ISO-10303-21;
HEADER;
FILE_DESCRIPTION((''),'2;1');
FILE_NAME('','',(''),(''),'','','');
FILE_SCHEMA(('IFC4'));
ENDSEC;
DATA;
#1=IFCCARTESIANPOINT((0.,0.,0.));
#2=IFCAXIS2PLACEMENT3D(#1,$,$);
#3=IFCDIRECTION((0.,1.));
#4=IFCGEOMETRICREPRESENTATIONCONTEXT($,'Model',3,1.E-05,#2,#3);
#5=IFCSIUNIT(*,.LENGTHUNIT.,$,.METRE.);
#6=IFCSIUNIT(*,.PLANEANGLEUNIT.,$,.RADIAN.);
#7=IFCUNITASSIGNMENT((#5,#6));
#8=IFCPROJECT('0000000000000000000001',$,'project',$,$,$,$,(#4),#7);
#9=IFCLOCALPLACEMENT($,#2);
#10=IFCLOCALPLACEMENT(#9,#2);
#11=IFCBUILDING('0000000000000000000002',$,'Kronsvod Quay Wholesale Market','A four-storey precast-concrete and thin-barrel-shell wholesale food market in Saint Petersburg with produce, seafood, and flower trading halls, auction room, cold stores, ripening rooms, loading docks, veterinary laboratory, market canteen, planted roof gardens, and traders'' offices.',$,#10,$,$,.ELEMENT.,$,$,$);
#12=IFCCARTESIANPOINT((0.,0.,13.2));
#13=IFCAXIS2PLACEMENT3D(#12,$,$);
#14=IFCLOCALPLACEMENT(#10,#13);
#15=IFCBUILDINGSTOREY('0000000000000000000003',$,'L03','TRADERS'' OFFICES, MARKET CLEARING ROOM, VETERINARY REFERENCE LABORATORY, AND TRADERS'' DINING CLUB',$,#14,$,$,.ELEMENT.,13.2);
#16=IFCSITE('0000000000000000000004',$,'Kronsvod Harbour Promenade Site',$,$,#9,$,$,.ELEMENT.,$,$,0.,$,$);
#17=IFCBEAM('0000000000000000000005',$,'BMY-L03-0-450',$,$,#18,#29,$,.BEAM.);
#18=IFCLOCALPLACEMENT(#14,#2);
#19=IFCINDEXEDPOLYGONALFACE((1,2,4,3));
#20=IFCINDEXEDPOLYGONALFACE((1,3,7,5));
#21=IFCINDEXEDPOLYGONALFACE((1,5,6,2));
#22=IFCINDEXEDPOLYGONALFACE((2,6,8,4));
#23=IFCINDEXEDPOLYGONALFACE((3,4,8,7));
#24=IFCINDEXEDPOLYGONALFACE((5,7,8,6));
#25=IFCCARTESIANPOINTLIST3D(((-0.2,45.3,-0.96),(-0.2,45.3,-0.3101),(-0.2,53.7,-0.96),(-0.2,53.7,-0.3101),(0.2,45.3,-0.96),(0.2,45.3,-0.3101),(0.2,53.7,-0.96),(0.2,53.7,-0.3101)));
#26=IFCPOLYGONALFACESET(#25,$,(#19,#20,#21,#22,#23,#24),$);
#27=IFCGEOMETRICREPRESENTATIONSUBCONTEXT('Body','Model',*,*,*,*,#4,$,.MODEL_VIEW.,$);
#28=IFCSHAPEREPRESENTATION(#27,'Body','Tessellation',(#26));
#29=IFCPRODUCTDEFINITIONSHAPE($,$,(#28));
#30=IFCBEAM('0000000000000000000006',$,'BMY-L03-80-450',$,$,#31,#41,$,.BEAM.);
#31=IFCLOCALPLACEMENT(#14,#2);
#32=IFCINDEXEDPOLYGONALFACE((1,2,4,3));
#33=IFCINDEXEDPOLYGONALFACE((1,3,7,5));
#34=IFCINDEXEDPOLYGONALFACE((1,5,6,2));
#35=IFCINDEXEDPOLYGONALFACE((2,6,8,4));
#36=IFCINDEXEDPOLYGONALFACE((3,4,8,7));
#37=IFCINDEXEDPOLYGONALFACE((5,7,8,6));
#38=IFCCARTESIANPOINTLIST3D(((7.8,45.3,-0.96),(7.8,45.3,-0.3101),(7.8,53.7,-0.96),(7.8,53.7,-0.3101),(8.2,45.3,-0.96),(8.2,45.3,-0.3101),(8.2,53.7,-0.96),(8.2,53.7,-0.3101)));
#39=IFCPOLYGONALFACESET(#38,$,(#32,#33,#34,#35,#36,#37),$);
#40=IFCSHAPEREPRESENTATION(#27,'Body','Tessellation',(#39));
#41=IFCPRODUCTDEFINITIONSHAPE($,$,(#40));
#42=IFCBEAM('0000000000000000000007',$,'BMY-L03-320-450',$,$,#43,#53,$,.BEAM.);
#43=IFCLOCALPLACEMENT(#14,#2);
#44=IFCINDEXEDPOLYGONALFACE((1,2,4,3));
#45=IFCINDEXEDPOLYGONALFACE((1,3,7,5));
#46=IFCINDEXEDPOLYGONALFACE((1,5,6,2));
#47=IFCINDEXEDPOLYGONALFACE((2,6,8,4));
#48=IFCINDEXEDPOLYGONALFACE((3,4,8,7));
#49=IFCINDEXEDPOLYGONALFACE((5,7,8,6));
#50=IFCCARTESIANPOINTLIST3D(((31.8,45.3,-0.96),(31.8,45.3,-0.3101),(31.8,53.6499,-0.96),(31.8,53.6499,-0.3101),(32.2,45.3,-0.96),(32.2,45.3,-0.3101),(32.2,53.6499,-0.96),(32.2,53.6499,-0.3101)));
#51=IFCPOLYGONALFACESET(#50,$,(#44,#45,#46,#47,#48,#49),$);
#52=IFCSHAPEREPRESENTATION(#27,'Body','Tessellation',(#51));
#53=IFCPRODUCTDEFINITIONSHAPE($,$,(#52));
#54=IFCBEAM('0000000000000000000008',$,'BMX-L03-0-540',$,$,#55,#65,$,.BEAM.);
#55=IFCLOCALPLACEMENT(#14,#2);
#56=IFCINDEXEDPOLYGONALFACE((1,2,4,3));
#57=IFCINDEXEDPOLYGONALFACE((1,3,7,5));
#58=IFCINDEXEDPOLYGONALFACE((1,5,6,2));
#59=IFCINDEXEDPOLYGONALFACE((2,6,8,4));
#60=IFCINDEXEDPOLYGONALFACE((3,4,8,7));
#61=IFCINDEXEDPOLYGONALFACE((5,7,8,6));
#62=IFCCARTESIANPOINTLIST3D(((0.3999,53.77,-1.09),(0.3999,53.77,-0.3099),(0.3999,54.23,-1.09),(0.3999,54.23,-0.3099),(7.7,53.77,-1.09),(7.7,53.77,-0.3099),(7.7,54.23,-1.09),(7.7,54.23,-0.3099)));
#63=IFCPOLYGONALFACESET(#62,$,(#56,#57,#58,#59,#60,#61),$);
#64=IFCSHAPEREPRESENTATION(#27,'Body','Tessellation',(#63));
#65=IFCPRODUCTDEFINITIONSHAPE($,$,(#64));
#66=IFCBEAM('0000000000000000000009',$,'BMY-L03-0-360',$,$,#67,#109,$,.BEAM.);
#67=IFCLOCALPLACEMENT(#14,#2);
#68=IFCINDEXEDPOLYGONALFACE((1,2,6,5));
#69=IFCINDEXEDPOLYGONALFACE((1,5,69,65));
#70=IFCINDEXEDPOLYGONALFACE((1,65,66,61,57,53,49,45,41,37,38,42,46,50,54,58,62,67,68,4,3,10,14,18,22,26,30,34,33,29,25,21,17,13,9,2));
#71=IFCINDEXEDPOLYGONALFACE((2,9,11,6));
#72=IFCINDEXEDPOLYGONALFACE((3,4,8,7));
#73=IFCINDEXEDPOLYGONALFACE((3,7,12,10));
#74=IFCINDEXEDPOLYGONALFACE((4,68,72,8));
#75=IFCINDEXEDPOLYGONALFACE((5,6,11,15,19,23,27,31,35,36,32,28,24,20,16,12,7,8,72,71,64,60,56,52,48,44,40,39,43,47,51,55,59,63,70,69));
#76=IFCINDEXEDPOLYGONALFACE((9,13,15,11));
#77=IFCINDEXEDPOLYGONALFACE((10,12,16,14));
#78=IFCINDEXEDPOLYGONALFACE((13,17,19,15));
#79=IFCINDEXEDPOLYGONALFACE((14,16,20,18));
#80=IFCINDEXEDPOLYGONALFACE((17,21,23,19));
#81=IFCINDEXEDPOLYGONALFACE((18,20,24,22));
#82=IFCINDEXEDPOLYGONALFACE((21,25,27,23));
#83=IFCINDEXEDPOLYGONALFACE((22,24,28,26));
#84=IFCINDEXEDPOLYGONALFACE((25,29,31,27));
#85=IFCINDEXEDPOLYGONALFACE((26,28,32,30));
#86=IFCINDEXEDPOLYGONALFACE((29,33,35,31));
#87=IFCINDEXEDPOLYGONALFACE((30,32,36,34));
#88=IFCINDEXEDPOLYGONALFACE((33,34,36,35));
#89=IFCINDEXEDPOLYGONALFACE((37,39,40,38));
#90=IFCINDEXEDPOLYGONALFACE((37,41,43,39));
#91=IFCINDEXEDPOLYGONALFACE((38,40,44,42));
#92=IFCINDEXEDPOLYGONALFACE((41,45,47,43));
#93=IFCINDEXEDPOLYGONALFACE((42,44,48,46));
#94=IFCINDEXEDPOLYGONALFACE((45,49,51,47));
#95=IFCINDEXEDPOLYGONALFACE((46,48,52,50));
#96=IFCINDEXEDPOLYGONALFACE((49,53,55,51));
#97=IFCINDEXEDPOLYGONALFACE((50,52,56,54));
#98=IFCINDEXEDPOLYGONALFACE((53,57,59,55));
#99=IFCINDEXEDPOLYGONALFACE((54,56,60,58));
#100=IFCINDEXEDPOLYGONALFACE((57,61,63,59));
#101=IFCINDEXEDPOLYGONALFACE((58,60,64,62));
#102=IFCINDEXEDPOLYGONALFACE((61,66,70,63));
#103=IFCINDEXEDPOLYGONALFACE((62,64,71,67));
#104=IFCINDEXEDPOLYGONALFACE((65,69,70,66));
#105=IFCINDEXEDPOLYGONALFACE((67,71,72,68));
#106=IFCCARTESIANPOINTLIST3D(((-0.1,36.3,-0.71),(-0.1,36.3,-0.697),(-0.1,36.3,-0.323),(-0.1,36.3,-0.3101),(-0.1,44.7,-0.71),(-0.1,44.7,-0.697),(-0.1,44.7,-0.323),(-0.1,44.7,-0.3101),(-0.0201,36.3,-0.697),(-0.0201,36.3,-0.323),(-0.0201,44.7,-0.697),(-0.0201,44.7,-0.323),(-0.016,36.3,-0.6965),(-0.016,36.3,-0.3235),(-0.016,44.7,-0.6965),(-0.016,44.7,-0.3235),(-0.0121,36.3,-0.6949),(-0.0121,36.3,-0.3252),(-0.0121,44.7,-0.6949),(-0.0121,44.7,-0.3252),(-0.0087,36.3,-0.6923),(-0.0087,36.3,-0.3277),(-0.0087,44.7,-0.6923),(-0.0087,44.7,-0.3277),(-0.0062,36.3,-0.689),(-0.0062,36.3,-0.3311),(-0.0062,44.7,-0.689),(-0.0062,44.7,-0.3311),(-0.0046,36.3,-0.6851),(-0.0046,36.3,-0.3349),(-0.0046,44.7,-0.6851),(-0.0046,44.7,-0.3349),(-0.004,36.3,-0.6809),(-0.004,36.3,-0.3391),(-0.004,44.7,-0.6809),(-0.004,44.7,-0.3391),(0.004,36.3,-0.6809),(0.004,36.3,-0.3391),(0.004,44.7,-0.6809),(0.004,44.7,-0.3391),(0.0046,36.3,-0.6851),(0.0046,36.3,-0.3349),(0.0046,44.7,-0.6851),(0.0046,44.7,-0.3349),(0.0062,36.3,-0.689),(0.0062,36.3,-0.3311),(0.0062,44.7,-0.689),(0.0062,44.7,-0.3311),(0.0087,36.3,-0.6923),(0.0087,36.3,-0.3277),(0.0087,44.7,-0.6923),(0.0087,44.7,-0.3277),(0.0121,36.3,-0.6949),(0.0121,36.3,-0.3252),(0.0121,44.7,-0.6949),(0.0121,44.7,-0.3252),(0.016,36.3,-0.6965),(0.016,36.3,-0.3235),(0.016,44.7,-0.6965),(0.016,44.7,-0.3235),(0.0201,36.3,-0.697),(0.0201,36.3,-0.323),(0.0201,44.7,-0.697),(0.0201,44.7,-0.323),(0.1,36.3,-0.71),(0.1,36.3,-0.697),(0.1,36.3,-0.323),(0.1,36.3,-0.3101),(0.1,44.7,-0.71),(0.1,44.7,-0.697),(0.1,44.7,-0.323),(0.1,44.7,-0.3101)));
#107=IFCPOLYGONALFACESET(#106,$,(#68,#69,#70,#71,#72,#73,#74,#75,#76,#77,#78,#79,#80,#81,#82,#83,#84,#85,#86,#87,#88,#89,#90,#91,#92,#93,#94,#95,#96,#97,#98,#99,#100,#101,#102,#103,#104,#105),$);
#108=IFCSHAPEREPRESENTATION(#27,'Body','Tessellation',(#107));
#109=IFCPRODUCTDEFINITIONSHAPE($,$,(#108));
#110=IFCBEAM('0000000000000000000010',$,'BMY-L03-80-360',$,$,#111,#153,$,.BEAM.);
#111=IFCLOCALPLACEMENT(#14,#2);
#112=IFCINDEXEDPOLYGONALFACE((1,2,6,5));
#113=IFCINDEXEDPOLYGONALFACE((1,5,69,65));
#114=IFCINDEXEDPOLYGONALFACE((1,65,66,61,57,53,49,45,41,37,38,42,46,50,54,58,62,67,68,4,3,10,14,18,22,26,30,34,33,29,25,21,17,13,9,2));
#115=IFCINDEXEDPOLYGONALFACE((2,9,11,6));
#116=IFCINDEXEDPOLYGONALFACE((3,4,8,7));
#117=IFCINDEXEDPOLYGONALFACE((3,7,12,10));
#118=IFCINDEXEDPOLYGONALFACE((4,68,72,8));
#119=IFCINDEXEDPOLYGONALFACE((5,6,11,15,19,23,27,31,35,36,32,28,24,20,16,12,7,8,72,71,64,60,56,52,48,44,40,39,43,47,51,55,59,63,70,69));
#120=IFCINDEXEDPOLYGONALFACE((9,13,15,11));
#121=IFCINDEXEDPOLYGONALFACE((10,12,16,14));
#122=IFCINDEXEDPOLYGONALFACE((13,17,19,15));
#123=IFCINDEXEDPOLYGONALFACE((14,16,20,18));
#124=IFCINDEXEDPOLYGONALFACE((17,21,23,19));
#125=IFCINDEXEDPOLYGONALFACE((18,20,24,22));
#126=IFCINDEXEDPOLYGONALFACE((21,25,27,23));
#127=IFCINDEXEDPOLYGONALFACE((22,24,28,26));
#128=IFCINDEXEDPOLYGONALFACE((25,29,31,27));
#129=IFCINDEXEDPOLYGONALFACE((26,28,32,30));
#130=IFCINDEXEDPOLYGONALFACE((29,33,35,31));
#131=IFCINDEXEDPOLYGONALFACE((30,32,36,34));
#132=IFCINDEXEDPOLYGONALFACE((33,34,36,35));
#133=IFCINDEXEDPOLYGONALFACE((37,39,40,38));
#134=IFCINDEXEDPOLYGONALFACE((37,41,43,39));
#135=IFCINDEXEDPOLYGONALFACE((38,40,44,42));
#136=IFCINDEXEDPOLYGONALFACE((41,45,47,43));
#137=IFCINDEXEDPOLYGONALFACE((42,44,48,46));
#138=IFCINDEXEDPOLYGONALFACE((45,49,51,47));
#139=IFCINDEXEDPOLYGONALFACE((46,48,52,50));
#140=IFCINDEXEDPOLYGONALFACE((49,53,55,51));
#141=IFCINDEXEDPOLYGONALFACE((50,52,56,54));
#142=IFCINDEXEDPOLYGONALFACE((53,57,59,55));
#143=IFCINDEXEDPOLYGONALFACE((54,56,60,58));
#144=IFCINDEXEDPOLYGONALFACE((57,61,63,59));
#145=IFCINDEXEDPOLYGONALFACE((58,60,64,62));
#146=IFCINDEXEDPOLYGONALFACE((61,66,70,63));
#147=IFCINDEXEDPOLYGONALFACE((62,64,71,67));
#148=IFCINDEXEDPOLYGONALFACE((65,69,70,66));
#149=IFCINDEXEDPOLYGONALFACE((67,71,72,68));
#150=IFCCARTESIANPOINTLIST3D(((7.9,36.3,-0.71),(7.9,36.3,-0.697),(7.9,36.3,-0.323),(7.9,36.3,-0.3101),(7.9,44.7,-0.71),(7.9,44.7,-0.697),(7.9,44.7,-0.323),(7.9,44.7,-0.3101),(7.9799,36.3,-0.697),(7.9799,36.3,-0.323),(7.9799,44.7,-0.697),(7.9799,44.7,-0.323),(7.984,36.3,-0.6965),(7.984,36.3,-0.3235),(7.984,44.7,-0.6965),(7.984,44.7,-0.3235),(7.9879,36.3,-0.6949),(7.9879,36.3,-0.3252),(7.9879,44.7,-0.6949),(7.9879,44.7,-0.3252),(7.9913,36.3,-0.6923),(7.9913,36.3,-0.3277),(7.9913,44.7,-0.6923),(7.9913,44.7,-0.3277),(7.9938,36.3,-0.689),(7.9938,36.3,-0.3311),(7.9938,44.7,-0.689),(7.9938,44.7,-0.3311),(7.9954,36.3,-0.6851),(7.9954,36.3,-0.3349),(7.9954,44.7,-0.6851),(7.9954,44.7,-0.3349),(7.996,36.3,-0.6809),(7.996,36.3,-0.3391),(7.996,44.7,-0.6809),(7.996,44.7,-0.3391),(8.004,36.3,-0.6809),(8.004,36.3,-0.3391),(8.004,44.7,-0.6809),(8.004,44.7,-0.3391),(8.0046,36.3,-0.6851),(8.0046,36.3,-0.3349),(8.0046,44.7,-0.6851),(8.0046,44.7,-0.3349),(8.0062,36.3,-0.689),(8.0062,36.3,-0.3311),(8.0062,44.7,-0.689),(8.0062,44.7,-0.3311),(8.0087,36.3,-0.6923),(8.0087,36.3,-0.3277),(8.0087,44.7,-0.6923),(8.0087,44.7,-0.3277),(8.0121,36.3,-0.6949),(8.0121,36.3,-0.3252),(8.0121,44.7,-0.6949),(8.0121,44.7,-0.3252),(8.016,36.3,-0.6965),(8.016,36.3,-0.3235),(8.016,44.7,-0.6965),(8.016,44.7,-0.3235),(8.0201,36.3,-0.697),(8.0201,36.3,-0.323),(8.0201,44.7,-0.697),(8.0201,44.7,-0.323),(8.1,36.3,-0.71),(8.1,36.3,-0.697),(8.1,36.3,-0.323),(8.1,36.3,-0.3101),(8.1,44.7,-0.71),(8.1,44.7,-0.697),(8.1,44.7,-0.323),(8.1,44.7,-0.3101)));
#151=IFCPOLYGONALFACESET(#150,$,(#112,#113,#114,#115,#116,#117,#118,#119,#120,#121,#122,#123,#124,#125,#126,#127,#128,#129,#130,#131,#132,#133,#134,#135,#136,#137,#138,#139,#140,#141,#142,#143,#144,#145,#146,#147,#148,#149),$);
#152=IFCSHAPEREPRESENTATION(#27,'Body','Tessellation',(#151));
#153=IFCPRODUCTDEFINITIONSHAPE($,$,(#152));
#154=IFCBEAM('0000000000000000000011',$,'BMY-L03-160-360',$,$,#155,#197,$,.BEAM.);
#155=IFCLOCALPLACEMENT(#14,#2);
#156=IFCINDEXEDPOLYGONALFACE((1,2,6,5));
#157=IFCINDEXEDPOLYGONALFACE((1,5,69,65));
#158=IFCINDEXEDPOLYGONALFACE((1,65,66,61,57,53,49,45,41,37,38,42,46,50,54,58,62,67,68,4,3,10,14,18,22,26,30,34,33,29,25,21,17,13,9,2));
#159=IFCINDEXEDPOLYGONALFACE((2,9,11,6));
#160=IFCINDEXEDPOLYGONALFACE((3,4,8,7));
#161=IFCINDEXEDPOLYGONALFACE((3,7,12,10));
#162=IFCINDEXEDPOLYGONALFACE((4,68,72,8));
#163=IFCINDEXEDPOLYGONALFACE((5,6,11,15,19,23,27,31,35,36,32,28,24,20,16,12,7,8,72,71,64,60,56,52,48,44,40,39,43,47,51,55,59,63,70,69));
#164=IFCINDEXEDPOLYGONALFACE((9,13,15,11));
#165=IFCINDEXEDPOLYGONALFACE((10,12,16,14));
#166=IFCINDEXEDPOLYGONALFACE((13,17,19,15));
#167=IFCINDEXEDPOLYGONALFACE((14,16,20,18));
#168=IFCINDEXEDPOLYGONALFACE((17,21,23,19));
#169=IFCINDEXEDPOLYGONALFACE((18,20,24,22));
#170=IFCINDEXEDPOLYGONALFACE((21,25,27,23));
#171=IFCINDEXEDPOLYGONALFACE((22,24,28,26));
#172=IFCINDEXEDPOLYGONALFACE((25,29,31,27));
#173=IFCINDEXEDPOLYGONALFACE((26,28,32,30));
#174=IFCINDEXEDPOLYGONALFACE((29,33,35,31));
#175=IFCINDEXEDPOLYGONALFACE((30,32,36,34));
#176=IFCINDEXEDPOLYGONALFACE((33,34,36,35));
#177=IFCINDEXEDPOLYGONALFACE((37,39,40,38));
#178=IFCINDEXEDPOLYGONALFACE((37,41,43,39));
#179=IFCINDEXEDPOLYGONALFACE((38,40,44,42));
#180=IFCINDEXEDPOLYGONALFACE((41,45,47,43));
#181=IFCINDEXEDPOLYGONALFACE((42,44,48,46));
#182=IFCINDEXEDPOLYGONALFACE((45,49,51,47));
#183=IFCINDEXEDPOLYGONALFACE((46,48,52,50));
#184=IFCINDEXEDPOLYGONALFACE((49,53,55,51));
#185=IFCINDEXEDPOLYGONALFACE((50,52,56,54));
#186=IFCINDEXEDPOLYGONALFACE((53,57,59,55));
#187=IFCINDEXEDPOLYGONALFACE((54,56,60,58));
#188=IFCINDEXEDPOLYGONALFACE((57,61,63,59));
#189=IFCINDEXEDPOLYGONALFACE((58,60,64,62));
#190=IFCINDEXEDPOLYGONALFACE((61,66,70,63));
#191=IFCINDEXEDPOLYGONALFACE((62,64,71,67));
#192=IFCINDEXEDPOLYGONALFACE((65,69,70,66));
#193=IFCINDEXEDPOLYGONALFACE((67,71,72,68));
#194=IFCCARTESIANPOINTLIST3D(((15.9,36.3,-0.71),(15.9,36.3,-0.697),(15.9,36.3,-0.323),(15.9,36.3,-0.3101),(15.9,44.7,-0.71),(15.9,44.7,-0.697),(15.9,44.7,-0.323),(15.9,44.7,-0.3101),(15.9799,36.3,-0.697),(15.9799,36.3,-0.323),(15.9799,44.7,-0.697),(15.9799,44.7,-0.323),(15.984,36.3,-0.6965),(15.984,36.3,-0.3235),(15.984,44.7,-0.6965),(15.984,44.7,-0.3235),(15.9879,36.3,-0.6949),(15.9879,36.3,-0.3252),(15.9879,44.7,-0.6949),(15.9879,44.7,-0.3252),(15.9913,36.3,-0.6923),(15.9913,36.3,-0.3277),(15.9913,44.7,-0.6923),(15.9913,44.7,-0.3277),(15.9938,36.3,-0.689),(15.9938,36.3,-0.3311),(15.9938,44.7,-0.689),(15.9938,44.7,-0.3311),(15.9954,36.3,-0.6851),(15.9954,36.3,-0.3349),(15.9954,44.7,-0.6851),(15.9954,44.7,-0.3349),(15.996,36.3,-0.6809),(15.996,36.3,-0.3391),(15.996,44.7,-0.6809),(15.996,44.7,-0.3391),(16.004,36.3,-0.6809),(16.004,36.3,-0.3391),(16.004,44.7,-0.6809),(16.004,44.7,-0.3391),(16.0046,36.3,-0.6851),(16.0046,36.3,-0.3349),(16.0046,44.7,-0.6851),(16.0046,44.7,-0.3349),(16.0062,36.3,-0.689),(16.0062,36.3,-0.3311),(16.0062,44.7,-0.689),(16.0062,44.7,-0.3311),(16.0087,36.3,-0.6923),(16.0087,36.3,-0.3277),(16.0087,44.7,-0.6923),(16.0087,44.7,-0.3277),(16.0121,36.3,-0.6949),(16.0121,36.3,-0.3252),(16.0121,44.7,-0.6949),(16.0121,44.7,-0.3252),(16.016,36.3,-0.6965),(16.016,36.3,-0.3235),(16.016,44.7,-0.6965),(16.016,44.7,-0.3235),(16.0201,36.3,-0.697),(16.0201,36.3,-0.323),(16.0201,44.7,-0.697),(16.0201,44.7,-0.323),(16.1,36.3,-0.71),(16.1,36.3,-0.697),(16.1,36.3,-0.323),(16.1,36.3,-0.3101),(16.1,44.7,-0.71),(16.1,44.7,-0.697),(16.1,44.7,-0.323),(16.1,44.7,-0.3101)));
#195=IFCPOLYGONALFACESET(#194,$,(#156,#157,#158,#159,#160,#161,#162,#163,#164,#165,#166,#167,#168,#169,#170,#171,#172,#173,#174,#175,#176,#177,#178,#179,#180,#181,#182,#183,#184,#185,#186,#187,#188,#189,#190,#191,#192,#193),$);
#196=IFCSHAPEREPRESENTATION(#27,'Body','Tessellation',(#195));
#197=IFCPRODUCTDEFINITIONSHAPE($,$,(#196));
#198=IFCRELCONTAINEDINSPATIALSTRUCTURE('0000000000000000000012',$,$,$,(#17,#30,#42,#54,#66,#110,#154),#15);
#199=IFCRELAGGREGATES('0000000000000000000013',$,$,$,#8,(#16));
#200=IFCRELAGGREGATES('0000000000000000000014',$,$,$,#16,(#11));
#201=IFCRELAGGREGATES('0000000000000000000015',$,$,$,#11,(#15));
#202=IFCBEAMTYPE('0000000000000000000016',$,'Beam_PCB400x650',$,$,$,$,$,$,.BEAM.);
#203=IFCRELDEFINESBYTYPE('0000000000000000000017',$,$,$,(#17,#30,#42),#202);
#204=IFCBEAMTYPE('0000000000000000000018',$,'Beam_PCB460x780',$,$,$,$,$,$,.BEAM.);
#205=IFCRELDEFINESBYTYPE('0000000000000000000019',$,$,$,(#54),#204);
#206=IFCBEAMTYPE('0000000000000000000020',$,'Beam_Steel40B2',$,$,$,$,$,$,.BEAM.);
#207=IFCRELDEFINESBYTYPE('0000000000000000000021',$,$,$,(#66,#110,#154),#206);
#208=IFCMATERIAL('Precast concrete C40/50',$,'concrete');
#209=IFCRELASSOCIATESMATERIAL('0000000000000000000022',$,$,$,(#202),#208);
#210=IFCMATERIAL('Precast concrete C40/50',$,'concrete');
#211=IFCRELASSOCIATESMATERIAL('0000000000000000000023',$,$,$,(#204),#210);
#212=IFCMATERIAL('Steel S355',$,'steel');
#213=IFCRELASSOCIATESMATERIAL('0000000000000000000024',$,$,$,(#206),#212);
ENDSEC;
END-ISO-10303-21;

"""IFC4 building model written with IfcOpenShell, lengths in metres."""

from ifc_helpers import new_model, si_unit, direction, frame, origin, origin_2d, place, context, subcontext, project, spatial, rectangle, i_section, extrude, material, material_profile, profile_set, type_object, element, save


model = new_model("IFC4")

# Units and contexts
model_context = context("Model", 3, precision=1e-05, world=origin(), true_north=direction((0.0, 1.0)))
body_context = subcontext(model_context, "Body", "Model", "MODEL_VIEW")
ifc_project = project(units=[si_unit("LENGTHUNIT", "METRE"), si_unit("PLANEANGLEUNIT", "RADIAN")], contexts=[model_context])

# Site, building, storey
site_placement = place(None, origin())
site = spatial("IfcSite", under=ifc_project, at=site_placement, Name="Kronsvod Harbour Promenade Site", CompositionType="ELEMENT", RefElevation=0.0)
building_placement = place(site_placement, origin())
building = spatial("IfcBuilding", under=site, at=building_placement, Name="Kronsvod Quay Wholesale Market", Description="A four-storey precast-concrete and thin-barrel-shell wholesale food market in Saint Petersburg with produce, seafood, and flower trading halls, auction room, cold stores, ripening rooms, loading docks, veterinary laboratory, market canteen, planted roof gardens, and traders' offices.", CompositionType="ELEMENT")
storey_placement = place(building_placement, frame((0.0, 0.0, 13.2)))
storey = spatial("IfcBuildingStorey", under=building, at=storey_placement, Name="L03", Description="TRADERS' OFFICES, MARKET CLEARING ROOM, VETERINARY REFERENCE LABORATORY, AND TRADERS' DINING CLUB", CompositionType="ELEMENT", Elevation=13.2)

# Beams
ifc_material_1 = material(Name="Precast concrete C40/50", Category="concrete")
ifc_material_profile_1 = material_profile(ifc_material_1, rectangle(XDim=0.3999, YDim=0.6499, at=origin_2d()), Name="PCB400x650")
ifc_profile_set_1 = profile_set([ifc_material_profile_1], Name="Precast concrete C40/50")
beam_type_1 = type_object("IfcBeamType", Name="Beam_PCB400x650", PredefinedType="BEAM", material=ifc_profile_set_1)
for number, where, z_axis, x_axis, name in (
    (1, (0.0, 45.3, -0.635), (0.0, 1.0, 0.0), (-1.0, 0.0, 0.0), "BMY-L03-0-450"),
    (2, (8.0, 45.3, -0.635), (0.0, 1.0, 0.0), (-1.0, 0.0, 0.0), "BMY-L03-80-450"),
):
    element("IfcBeam", number, at=place(storey_placement, frame(where, z_axis=z_axis, x_axis=x_axis)), inside=storey, type_object=beam_type_1, Name=name, PredefinedType="BEAM", context=body_context, shape_type="SweptSolid", body=[
        extrude(rectangle(XDim=0.3999, YDim=0.6499, at=origin_2d()), origin(), (0.0, 0.0, 1.0), 8.3999),
    ])
beam_1_placement = place(storey_placement, frame((32.0, 45.3, -0.635), z_axis=(0.0, 1.0, 0.0), x_axis=(-1.0, 0.0, 0.0)))
element("IfcBeam", 3, at=beam_1_placement, inside=storey, type_object=beam_type_1, Name="BMY-L03-320-450", PredefinedType="BEAM", context=body_context, shape_type="SweptSolid", body=[
    extrude(rectangle(XDim=0.3999, YDim=0.6499, at=origin_2d()), origin(), (0.0, 0.0, 1.0), 8.3499),
])
ifc_material_2 = material(Name="Precast concrete C40/50", Category="concrete")
ifc_material_profile_2 = material_profile(ifc_material_2, rectangle(XDim=0.46, YDim=0.78, at=origin_2d()), Name="PB-03")
ifc_profile_set_2 = profile_set([ifc_material_profile_2], Name="Precast concrete C40/50")
beam_type_2 = type_object("IfcBeamType", Name="Beam_PCB460x780", PredefinedType="BEAM", material=ifc_profile_set_2)
beam_2_placement = place(storey_placement, frame((0.3999, 54.0, -0.7), z_axis=(1.0, 0.0, 0.0), x_axis=(0.0, 1.0, 0.0)))
element("IfcBeam", 4, at=beam_2_placement, inside=storey, type_object=beam_type_2, Name="BMX-L03-0-540", PredefinedType="BEAM", context=body_context, shape_type="SweptSolid", body=[
    extrude(rectangle(XDim=0.46, YDim=0.78, at=origin_2d()), origin(), (0.0, 0.0, 1.0), 7.3),
])
ifc_material_3 = material(Name="Steel S355", Category="steel")
ifc_material_profile_3 = material_profile(ifc_material_3, i_section(OverallWidth=0.2, OverallDepth=0.3999, WebThickness=0.0081, FlangeThickness=0.0129, FilletRadius=0.0161, at=origin_2d()), Name="40B2")
ifc_profile_set_3 = profile_set([ifc_material_profile_3], Name="Steel S355")
beam_type_3 = type_object("IfcBeamType", Name="Beam_Steel40B2", PredefinedType="BEAM", material=ifc_profile_set_3)
for number, where, z_axis, x_axis, name in (
    (5, (0.0, 36.3, -0.51), (0.0, 1.0, 0.0), (-1.0, 0.0, 0.0), "BMY-L03-0-360"),
    (6, (8.0, 36.3, -0.51), (0.0, 1.0, 0.0), (-1.0, 0.0, 0.0), "BMY-L03-80-360"),
    (7, (16.0, 36.3, -0.51), (0.0, 1.0, 0.0), (-1.0, 0.0, 0.0), "BMY-L03-160-360"),
):
    element("IfcBeam", number, at=place(storey_placement, frame(where, z_axis=z_axis, x_axis=x_axis)), inside=storey, type_object=beam_type_3, Name=name, PredefinedType="BEAM", context=body_context, shape_type="SweptSolid", body=[
        extrude(i_section(OverallWidth=0.2, OverallDepth=0.3999, WebThickness=0.0081, FlangeThickness=0.0129, FilletRadius=0.0161, at=origin_2d()), origin(), (0.0, 0.0, 1.0), 8.3999),
    ])

save(model, "model.ifc")
